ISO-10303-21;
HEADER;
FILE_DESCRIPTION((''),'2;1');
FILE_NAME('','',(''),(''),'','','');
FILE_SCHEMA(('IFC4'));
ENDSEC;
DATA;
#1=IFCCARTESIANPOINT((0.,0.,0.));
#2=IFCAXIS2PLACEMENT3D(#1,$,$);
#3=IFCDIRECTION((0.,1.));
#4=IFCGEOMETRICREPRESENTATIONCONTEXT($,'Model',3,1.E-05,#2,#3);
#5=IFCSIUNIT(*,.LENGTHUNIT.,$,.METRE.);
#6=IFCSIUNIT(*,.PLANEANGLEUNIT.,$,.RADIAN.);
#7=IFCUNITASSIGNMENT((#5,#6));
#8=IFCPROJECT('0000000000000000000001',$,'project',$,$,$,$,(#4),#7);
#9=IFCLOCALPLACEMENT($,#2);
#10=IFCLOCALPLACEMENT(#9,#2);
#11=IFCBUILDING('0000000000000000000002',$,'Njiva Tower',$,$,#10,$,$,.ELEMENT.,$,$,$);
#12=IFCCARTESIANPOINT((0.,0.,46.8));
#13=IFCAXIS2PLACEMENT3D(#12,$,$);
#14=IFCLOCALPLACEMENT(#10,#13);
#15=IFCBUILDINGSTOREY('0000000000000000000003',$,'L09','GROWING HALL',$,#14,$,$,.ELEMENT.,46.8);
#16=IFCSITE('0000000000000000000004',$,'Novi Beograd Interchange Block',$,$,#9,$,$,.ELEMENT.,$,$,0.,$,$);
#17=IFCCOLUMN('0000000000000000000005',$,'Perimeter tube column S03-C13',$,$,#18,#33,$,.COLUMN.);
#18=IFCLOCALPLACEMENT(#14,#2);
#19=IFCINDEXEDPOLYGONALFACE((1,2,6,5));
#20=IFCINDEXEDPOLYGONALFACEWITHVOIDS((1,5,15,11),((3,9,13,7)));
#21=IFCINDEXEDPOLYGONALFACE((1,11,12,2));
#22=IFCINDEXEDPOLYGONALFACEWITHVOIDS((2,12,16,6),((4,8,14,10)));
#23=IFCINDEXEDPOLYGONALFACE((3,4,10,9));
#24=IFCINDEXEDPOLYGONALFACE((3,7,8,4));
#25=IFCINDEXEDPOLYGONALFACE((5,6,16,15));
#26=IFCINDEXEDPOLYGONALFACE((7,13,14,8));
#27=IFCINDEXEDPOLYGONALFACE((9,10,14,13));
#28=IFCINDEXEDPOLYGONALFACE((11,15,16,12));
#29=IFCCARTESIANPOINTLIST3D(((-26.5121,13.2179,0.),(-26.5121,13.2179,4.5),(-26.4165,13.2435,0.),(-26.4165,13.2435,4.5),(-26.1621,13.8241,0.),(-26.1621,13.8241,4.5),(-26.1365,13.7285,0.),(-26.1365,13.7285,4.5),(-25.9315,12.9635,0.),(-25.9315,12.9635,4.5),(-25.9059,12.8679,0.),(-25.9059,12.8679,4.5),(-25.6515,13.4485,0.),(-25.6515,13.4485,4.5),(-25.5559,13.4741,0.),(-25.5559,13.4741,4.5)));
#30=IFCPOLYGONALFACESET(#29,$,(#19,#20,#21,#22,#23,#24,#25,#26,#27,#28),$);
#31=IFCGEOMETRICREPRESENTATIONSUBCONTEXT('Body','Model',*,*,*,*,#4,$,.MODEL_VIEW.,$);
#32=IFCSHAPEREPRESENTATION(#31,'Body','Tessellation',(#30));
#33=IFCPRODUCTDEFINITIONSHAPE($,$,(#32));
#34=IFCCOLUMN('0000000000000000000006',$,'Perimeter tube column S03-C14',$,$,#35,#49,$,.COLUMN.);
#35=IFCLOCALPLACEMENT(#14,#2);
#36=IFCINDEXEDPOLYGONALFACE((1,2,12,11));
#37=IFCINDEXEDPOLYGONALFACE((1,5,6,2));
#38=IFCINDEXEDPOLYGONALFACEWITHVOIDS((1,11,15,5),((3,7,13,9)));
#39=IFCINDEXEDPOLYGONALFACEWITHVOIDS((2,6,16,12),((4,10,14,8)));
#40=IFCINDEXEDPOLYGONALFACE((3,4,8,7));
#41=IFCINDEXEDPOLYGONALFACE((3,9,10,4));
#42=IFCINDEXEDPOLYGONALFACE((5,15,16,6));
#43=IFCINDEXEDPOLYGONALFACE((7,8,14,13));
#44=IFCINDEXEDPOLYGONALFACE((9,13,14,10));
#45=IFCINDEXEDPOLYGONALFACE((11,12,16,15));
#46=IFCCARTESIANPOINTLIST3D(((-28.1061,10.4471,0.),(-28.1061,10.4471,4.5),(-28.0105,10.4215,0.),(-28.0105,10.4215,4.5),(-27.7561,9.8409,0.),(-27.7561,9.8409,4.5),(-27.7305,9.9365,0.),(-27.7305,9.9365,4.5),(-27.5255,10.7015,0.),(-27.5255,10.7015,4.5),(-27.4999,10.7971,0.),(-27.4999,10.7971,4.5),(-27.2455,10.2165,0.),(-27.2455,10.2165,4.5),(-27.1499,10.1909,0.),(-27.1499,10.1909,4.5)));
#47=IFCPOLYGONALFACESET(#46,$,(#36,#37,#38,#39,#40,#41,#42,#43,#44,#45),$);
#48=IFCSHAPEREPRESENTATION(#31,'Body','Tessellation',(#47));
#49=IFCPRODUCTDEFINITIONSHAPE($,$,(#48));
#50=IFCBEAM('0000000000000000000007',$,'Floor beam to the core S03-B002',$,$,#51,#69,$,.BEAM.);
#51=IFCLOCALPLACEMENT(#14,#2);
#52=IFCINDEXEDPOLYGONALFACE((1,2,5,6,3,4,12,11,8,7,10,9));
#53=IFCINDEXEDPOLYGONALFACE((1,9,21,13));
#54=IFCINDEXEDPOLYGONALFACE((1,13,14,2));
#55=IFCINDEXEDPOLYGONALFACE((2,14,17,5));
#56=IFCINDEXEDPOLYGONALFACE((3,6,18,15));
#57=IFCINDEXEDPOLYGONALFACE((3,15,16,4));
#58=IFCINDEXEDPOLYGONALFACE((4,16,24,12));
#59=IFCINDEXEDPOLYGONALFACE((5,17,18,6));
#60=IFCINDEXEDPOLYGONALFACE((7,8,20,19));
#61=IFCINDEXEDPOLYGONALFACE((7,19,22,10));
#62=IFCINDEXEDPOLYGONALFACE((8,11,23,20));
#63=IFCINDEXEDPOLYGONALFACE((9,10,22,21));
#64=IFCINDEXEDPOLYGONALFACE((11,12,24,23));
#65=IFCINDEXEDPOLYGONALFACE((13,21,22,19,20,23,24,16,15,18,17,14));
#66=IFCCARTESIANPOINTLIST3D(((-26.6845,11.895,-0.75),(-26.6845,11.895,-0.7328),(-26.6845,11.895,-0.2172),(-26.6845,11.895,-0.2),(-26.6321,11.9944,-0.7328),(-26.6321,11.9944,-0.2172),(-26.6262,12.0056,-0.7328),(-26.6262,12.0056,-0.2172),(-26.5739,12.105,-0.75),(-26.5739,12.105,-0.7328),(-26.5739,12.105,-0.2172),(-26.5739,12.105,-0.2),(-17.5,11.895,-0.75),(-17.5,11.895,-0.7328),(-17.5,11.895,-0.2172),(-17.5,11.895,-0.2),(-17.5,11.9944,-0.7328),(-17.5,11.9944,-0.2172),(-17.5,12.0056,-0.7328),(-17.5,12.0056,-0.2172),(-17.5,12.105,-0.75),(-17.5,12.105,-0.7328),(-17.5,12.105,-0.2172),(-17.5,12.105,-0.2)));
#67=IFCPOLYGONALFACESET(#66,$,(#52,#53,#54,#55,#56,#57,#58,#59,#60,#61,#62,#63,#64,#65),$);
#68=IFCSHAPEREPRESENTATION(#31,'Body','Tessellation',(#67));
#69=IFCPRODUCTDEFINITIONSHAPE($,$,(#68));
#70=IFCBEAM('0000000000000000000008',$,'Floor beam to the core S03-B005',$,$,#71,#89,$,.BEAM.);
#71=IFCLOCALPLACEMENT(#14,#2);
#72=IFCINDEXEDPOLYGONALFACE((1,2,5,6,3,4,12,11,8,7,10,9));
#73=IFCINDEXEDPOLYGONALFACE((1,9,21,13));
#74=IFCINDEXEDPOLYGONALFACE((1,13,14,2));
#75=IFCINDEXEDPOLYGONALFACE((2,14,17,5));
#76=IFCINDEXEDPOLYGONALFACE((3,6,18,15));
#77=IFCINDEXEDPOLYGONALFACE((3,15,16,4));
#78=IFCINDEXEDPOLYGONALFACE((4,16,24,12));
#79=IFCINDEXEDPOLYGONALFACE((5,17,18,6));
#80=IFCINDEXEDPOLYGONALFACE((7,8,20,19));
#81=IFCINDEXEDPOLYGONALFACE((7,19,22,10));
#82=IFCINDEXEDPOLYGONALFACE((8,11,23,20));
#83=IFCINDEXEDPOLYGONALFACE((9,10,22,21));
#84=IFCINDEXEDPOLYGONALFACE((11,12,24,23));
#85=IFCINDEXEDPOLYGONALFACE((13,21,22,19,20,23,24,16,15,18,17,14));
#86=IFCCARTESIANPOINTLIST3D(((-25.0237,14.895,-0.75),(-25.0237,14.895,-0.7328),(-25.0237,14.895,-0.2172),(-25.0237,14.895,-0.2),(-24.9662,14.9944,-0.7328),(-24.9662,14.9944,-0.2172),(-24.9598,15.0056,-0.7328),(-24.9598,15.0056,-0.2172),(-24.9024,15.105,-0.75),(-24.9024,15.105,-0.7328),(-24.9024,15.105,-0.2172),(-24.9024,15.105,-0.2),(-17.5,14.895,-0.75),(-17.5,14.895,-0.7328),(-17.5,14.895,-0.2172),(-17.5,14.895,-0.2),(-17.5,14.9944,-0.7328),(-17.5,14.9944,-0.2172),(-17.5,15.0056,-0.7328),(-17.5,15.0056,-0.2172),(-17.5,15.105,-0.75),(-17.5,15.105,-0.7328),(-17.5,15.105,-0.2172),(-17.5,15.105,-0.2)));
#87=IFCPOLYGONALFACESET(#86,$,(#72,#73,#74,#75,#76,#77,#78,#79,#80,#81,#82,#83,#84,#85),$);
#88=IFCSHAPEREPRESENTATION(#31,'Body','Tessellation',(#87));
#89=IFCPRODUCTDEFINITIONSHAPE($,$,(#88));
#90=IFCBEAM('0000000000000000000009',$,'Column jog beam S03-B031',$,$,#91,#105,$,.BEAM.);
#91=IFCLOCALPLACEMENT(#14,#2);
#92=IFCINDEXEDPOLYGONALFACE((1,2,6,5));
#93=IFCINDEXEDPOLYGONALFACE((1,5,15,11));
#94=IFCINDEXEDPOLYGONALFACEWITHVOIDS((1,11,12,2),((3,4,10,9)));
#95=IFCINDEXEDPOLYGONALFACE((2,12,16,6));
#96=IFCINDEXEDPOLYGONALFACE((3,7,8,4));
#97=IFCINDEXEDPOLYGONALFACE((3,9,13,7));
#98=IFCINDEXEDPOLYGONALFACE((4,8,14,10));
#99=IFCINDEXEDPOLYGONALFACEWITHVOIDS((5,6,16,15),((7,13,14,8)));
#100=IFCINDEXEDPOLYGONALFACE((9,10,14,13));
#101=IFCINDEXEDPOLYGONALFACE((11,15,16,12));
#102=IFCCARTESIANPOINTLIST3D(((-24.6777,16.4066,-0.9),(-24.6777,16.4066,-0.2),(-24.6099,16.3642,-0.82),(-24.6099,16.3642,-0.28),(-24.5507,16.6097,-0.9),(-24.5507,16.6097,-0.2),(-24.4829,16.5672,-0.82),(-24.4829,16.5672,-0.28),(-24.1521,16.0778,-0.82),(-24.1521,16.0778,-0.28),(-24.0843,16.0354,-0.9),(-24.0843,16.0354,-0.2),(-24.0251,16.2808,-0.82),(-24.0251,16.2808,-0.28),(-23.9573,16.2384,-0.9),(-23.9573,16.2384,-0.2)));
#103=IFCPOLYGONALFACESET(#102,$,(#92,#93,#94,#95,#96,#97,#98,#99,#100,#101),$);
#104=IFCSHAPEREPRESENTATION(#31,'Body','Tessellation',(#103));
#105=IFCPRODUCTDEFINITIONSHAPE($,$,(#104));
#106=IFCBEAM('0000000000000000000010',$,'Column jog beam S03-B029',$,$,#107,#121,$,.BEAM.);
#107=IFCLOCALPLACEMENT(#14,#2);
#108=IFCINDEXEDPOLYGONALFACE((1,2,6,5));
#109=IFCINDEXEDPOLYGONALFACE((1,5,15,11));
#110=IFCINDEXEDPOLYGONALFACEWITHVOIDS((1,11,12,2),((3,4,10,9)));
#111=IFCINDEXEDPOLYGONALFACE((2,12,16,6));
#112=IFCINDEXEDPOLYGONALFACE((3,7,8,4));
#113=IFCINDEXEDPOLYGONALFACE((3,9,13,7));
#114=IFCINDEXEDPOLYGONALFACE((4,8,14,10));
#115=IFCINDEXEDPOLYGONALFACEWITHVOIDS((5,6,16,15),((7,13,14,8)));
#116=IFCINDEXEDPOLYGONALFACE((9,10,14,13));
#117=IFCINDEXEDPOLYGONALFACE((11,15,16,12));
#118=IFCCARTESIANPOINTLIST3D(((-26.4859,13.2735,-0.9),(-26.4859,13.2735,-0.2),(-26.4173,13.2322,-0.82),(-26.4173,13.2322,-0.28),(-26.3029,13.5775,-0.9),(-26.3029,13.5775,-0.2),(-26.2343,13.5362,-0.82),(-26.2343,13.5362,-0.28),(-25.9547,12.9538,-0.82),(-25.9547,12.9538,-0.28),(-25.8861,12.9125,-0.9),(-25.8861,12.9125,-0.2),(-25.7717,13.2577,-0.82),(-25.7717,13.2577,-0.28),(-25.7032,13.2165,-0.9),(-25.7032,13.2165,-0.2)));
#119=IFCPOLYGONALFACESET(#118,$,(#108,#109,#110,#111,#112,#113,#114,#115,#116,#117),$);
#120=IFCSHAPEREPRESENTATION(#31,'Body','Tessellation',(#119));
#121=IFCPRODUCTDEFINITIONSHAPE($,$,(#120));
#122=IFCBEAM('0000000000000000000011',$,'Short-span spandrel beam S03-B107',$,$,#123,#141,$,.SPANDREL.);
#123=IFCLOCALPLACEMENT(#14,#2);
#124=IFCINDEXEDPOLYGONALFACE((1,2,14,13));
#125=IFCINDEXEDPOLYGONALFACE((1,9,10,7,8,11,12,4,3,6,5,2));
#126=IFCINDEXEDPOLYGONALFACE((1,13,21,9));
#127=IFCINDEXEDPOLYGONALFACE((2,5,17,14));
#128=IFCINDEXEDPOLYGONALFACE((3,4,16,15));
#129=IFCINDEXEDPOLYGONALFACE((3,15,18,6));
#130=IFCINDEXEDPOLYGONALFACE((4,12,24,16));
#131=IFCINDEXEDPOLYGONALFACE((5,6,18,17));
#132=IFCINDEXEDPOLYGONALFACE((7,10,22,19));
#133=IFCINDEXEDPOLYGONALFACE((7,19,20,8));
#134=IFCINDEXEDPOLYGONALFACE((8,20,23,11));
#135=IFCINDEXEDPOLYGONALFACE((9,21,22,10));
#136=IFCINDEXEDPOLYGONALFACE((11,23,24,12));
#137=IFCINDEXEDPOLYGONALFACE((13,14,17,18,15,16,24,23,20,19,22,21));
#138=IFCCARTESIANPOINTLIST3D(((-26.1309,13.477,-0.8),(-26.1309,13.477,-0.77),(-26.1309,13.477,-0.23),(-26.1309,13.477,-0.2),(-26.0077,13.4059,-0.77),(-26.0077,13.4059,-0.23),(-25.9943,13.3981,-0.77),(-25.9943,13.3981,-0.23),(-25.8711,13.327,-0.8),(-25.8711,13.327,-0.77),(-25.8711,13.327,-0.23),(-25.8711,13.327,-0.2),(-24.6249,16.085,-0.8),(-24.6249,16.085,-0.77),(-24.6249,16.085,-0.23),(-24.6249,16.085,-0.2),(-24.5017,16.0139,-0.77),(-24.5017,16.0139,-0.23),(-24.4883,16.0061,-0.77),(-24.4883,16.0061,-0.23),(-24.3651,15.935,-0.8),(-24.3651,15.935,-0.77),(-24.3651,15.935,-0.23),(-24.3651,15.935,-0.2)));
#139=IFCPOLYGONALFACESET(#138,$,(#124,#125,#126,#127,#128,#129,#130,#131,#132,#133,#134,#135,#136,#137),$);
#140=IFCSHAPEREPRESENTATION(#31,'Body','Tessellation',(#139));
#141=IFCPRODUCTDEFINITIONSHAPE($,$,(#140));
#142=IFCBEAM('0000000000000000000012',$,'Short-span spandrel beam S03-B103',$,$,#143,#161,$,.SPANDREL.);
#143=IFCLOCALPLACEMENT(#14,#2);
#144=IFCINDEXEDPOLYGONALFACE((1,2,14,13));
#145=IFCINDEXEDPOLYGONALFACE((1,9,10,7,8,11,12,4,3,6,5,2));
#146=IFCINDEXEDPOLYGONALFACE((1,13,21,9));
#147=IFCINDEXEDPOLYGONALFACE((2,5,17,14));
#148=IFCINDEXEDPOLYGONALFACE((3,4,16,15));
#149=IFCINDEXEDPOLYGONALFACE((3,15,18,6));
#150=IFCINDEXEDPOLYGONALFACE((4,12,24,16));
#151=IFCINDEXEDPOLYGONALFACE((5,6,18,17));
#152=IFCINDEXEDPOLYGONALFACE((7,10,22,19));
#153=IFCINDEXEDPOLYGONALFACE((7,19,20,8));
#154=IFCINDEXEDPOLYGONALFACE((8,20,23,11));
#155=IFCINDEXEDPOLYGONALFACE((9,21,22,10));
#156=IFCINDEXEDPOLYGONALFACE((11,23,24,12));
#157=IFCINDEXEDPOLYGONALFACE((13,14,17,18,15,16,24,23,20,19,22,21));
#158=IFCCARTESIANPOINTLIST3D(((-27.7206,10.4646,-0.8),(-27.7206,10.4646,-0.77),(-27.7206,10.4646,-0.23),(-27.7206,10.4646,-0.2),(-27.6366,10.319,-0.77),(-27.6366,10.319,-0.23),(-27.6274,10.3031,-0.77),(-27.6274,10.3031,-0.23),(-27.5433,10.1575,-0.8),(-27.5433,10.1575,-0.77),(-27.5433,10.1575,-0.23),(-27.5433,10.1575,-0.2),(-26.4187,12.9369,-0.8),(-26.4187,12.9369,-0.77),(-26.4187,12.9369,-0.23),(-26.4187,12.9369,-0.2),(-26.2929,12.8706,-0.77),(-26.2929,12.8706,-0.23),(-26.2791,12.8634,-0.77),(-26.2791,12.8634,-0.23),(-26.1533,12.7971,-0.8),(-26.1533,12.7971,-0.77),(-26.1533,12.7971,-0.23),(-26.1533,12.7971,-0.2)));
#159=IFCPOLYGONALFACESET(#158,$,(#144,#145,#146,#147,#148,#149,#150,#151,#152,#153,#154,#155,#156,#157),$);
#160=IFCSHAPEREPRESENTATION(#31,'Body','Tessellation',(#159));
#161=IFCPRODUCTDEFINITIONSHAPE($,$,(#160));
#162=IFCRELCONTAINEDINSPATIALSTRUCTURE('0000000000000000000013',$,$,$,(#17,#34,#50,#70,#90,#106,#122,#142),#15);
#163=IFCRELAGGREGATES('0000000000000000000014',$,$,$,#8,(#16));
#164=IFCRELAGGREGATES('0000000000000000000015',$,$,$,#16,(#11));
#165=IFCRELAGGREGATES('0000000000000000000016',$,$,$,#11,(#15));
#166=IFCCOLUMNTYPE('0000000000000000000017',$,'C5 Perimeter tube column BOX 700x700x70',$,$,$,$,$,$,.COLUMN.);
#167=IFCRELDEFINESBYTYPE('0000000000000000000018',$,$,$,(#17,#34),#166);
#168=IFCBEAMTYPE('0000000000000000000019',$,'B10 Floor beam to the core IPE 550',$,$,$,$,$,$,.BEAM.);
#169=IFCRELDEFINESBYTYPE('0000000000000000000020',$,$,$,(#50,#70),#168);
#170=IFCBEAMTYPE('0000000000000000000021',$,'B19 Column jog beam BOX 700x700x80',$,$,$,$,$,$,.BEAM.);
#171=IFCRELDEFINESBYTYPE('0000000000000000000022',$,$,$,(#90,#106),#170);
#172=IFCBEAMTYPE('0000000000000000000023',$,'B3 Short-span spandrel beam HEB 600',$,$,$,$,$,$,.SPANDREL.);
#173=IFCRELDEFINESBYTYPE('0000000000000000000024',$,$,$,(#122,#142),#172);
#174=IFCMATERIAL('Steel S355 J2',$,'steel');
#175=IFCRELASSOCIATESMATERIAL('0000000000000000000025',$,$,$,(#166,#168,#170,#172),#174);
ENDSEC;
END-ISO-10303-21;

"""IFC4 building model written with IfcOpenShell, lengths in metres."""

from ifc_helpers import new_model, si_unit, direction, frame, origin, origin_2d, place, context, subcontext, project, spatial, hollow_rectangle, i_section, extrude, clip, halfspace, material, material_profile, profile_set, type_object, element, save


model = new_model("IFC4")

# Units and contexts
model_context = context("Model", 3, precision=1e-05, world=origin(), true_north=direction((0.0, 1.0)))
body_context = subcontext(model_context, "Body", "Model", "MODEL_VIEW")
ifc_project = project(units=[si_unit("LENGTHUNIT", "METRE"), si_unit("PLANEANGLEUNIT", "RADIAN")], contexts=[model_context])

# Site, building, storey
site_placement = place(None, origin())
site = spatial("IfcSite", under=ifc_project, at=site_placement, Name="Novi Beograd Interchange Block", CompositionType="ELEMENT", RefElevation=0.0)
building_placement = place(site_placement, origin())
building = spatial("IfcBuilding", under=site, at=building_placement, Name="Njiva Tower", CompositionType="ELEMENT")
storey_placement = place(building_placement, frame((0.0, 0.0, 46.8)))
storey = spatial("IfcBuildingStorey", under=building, at=storey_placement, Name="L09", Description="GROWING HALL", CompositionType="ELEMENT", Elevation=46.8)

# Columns
ifc_material_1 = material(Name="Steel S355 J2", Category="steel")
ifc_material_profile_1 = material_profile(ifc_material_1, hollow_rectangle(XDim=0.7, YDim=0.7, WallThickness=0.07, at=origin_2d()), Name="BOX 700x700x70")
ifc_profile_set_1 = profile_set([ifc_material_profile_1], Name="Steel S355 J2")
column_type = type_object("IfcColumnType", Name="C5 Perimeter tube column BOX 700x700x70", PredefinedType="COLUMN", material=ifc_profile_set_1)
for number, where, z_axis, x_axis, name in (
    (1, (-26.034, 13.346, 0.0), (0.0, 0.0, 1.0), (-0.5, -0.866025, 0.0), "Perimeter tube column S03-C13"),
    (2, (-27.628, 10.319, 0.0), (0.0, 0.0, 1.0), (0.5, -0.866025, 0.0), "Perimeter tube column S03-C14"),
):
    element("IfcColumn", number, at=place(storey_placement, frame(where, z_axis=z_axis, x_axis=x_axis)), inside=storey, type_object=column_type, Name=name, PredefinedType="COLUMN", context=body_context, shape_type="SweptSolid", body=[
        extrude(hollow_rectangle(XDim=0.7, YDim=0.7, WallThickness=0.07, at=origin_2d()), origin(), (0.0, 0.0, 1.0), 4.5),
    ])

# Beams
ifc_material_profile_2 = material_profile(ifc_material_1, i_section(OverallWidth=0.21, OverallDepth=0.55, WebThickness=0.0111, FlangeThickness=0.0172, at=origin_2d()), Name="IPE 550")
ifc_profile_set_2 = profile_set([ifc_material_profile_2], Name="Steel S355 J2")
beam_type_1 = type_object("IfcBeamType", Name="B10 Floor beam to the core IPE 550", PredefinedType="BEAM", material=ifc_profile_set_2)
beam_1_placement = place(storey_placement, frame((-26.704, 12.0, -0.475), z_axis=(1.0, 0.0, 0.0), x_axis=(0.0, 1.0, 0.0)))
element("IfcBeam", 3, at=beam_1_placement, inside=storey, type_object=beam_type_1, Name="Floor beam to the core S03-B002", PredefinedType="BEAM", context=body_context, shape_type="Clipping", body=[
    clip(extrude(i_section(OverallWidth=0.21, OverallDepth=0.55, WebThickness=0.0111, FlangeThickness=0.0172, at=origin_2d()), origin(), (0.0, 0.0, 1.0), 9.204), halfspace(frame((0.0233, 0.0, 0.0871), z_axis=(0.465931, 0.0, -0.884821), x_axis=(0.0, -1.0, 0.0)), False)),
])
beam_2_placement = place(storey_placement, frame((-25.044, 15.0, -0.475), z_axis=(1.0, 0.0, 0.0), x_axis=(0.0, 1.0, 0.0)))
element("IfcBeam", 4, at=beam_2_placement, inside=storey, type_object=beam_type_1, Name="Floor beam to the core S03-B005", PredefinedType="BEAM", context=body_context, shape_type="Clipping", body=[
    clip(extrude(i_section(OverallWidth=0.21, OverallDepth=0.55, WebThickness=0.0111, FlangeThickness=0.0172, at=origin_2d()), origin(), (0.0, 0.0, 1.0), 7.544), halfspace(frame((0.025, 0.0, 0.0954), z_axis=(0.499998, 0.0, -0.866027), x_axis=(0.0, -1.0, 0.0)), False)),
])
ifc_material_profile_3 = material_profile(ifc_material_1, hollow_rectangle(XDim=0.7, YDim=0.7, WallThickness=0.08, at=origin_2d()), Name="BOX 700x700x80")
ifc_profile_set_3 = profile_set([ifc_material_profile_3], Name="Steel S355 J2")
beam_type_2 = type_object("IfcBeamType", Name="B19 Column jog beam BOX 700x700x80", PredefinedType="BEAM", material=ifc_profile_set_3)
beam_3_placement = place(storey_placement, frame((-24.381, 16.221, -0.55), z_axis=(0.530374, 0.847764, 0.0), x_axis=(-0.847764, 0.530374, 0.0)))
element("IfcBeam", 5, at=beam_3_placement, inside=storey, type_object=beam_type_2, Name="Column jog beam S03-B031", PredefinedType="BEAM", context=body_context, shape_type="SweptSolid", body=[
    extrude(hollow_rectangle(XDim=0.7, YDim=0.7, WallThickness=0.08, at=origin_2d()), origin(), (0.0, 0.0, 1.0), 0.2395),
])
beam_4_placement = place(storey_placement, frame((-26.186, 13.093, -0.55), z_axis=(0.515739, 0.856746, 0.0), x_axis=(-0.856746, 0.515739, 0.0)))
element("IfcBeam", 6, at=beam_4_placement, inside=storey, type_object=beam_type_2, Name="Column jog beam S03-B029", PredefinedType="BEAM", context=body_context, shape_type="SweptSolid", body=[
    extrude(hollow_rectangle(XDim=0.7, YDim=0.7, WallThickness=0.08, at=origin_2d()), origin(), (0.0, 0.0, 1.0), 0.3548),
])
ifc_material_profile_4 = material_profile(ifc_material_1, i_section(OverallWidth=0.3, OverallDepth=0.6, WebThickness=0.0155, FlangeThickness=0.03, at=origin_2d()), Name="HEB 600")
ifc_profile_set_4 = profile_set([ifc_material_profile_4], Name="Steel S355 J2")
beam_type_3 = type_object("IfcBeamType", Name="B3 Short-span spandrel beam HEB 600", PredefinedType="SPANDREL", material=ifc_profile_set_4)
beam_5_placement = place(storey_placement, frame((-24.495, 16.01, -0.5), z_axis=(-0.500067, -0.865987, 0.0), x_axis=(0.865987, -0.500067, 0.0)))
element("IfcBeam", 7, at=beam_5_placement, inside=storey, type_object=beam_type_3, Name="Short-span spandrel beam S03-B107", PredefinedType="SPANDREL", context=body_context, shape_type="SweptSolid", body=[
    extrude(i_section(OverallWidth=0.3, OverallDepth=0.6, WebThickness=0.0155, FlangeThickness=0.03, at=origin_2d()), origin(), (0.0, 0.0, 1.0), 3.0116),
])
beam_6_placement = place(storey_placement, frame((-26.286, 12.867, -0.5), z_axis=(-0.465946, -0.884813, 0.0), x_axis=(0.884813, -0.465946, 0.0)))
element("IfcBeam", 8, at=beam_6_placement, inside=storey, type_object=beam_type_3, Name="Short-span spandrel beam S03-B103", PredefinedType="SPANDREL", context=body_context, shape_type="Clipping", body=[
    clip(extrude(i_section(OverallWidth=0.3, OverallDepth=0.6, WebThickness=0.0155, FlangeThickness=0.03, at=origin_2d()), origin(), (0.0, 0.0, 1.0), 3.0037), halfspace(frame((-0.0263, 0.0, 2.8721), z_axis=(-0.533299, 0.0, 0.845927), x_axis=(0.0, 1.0, 0.0)), False)),
])

save(model, "model.ifc")
